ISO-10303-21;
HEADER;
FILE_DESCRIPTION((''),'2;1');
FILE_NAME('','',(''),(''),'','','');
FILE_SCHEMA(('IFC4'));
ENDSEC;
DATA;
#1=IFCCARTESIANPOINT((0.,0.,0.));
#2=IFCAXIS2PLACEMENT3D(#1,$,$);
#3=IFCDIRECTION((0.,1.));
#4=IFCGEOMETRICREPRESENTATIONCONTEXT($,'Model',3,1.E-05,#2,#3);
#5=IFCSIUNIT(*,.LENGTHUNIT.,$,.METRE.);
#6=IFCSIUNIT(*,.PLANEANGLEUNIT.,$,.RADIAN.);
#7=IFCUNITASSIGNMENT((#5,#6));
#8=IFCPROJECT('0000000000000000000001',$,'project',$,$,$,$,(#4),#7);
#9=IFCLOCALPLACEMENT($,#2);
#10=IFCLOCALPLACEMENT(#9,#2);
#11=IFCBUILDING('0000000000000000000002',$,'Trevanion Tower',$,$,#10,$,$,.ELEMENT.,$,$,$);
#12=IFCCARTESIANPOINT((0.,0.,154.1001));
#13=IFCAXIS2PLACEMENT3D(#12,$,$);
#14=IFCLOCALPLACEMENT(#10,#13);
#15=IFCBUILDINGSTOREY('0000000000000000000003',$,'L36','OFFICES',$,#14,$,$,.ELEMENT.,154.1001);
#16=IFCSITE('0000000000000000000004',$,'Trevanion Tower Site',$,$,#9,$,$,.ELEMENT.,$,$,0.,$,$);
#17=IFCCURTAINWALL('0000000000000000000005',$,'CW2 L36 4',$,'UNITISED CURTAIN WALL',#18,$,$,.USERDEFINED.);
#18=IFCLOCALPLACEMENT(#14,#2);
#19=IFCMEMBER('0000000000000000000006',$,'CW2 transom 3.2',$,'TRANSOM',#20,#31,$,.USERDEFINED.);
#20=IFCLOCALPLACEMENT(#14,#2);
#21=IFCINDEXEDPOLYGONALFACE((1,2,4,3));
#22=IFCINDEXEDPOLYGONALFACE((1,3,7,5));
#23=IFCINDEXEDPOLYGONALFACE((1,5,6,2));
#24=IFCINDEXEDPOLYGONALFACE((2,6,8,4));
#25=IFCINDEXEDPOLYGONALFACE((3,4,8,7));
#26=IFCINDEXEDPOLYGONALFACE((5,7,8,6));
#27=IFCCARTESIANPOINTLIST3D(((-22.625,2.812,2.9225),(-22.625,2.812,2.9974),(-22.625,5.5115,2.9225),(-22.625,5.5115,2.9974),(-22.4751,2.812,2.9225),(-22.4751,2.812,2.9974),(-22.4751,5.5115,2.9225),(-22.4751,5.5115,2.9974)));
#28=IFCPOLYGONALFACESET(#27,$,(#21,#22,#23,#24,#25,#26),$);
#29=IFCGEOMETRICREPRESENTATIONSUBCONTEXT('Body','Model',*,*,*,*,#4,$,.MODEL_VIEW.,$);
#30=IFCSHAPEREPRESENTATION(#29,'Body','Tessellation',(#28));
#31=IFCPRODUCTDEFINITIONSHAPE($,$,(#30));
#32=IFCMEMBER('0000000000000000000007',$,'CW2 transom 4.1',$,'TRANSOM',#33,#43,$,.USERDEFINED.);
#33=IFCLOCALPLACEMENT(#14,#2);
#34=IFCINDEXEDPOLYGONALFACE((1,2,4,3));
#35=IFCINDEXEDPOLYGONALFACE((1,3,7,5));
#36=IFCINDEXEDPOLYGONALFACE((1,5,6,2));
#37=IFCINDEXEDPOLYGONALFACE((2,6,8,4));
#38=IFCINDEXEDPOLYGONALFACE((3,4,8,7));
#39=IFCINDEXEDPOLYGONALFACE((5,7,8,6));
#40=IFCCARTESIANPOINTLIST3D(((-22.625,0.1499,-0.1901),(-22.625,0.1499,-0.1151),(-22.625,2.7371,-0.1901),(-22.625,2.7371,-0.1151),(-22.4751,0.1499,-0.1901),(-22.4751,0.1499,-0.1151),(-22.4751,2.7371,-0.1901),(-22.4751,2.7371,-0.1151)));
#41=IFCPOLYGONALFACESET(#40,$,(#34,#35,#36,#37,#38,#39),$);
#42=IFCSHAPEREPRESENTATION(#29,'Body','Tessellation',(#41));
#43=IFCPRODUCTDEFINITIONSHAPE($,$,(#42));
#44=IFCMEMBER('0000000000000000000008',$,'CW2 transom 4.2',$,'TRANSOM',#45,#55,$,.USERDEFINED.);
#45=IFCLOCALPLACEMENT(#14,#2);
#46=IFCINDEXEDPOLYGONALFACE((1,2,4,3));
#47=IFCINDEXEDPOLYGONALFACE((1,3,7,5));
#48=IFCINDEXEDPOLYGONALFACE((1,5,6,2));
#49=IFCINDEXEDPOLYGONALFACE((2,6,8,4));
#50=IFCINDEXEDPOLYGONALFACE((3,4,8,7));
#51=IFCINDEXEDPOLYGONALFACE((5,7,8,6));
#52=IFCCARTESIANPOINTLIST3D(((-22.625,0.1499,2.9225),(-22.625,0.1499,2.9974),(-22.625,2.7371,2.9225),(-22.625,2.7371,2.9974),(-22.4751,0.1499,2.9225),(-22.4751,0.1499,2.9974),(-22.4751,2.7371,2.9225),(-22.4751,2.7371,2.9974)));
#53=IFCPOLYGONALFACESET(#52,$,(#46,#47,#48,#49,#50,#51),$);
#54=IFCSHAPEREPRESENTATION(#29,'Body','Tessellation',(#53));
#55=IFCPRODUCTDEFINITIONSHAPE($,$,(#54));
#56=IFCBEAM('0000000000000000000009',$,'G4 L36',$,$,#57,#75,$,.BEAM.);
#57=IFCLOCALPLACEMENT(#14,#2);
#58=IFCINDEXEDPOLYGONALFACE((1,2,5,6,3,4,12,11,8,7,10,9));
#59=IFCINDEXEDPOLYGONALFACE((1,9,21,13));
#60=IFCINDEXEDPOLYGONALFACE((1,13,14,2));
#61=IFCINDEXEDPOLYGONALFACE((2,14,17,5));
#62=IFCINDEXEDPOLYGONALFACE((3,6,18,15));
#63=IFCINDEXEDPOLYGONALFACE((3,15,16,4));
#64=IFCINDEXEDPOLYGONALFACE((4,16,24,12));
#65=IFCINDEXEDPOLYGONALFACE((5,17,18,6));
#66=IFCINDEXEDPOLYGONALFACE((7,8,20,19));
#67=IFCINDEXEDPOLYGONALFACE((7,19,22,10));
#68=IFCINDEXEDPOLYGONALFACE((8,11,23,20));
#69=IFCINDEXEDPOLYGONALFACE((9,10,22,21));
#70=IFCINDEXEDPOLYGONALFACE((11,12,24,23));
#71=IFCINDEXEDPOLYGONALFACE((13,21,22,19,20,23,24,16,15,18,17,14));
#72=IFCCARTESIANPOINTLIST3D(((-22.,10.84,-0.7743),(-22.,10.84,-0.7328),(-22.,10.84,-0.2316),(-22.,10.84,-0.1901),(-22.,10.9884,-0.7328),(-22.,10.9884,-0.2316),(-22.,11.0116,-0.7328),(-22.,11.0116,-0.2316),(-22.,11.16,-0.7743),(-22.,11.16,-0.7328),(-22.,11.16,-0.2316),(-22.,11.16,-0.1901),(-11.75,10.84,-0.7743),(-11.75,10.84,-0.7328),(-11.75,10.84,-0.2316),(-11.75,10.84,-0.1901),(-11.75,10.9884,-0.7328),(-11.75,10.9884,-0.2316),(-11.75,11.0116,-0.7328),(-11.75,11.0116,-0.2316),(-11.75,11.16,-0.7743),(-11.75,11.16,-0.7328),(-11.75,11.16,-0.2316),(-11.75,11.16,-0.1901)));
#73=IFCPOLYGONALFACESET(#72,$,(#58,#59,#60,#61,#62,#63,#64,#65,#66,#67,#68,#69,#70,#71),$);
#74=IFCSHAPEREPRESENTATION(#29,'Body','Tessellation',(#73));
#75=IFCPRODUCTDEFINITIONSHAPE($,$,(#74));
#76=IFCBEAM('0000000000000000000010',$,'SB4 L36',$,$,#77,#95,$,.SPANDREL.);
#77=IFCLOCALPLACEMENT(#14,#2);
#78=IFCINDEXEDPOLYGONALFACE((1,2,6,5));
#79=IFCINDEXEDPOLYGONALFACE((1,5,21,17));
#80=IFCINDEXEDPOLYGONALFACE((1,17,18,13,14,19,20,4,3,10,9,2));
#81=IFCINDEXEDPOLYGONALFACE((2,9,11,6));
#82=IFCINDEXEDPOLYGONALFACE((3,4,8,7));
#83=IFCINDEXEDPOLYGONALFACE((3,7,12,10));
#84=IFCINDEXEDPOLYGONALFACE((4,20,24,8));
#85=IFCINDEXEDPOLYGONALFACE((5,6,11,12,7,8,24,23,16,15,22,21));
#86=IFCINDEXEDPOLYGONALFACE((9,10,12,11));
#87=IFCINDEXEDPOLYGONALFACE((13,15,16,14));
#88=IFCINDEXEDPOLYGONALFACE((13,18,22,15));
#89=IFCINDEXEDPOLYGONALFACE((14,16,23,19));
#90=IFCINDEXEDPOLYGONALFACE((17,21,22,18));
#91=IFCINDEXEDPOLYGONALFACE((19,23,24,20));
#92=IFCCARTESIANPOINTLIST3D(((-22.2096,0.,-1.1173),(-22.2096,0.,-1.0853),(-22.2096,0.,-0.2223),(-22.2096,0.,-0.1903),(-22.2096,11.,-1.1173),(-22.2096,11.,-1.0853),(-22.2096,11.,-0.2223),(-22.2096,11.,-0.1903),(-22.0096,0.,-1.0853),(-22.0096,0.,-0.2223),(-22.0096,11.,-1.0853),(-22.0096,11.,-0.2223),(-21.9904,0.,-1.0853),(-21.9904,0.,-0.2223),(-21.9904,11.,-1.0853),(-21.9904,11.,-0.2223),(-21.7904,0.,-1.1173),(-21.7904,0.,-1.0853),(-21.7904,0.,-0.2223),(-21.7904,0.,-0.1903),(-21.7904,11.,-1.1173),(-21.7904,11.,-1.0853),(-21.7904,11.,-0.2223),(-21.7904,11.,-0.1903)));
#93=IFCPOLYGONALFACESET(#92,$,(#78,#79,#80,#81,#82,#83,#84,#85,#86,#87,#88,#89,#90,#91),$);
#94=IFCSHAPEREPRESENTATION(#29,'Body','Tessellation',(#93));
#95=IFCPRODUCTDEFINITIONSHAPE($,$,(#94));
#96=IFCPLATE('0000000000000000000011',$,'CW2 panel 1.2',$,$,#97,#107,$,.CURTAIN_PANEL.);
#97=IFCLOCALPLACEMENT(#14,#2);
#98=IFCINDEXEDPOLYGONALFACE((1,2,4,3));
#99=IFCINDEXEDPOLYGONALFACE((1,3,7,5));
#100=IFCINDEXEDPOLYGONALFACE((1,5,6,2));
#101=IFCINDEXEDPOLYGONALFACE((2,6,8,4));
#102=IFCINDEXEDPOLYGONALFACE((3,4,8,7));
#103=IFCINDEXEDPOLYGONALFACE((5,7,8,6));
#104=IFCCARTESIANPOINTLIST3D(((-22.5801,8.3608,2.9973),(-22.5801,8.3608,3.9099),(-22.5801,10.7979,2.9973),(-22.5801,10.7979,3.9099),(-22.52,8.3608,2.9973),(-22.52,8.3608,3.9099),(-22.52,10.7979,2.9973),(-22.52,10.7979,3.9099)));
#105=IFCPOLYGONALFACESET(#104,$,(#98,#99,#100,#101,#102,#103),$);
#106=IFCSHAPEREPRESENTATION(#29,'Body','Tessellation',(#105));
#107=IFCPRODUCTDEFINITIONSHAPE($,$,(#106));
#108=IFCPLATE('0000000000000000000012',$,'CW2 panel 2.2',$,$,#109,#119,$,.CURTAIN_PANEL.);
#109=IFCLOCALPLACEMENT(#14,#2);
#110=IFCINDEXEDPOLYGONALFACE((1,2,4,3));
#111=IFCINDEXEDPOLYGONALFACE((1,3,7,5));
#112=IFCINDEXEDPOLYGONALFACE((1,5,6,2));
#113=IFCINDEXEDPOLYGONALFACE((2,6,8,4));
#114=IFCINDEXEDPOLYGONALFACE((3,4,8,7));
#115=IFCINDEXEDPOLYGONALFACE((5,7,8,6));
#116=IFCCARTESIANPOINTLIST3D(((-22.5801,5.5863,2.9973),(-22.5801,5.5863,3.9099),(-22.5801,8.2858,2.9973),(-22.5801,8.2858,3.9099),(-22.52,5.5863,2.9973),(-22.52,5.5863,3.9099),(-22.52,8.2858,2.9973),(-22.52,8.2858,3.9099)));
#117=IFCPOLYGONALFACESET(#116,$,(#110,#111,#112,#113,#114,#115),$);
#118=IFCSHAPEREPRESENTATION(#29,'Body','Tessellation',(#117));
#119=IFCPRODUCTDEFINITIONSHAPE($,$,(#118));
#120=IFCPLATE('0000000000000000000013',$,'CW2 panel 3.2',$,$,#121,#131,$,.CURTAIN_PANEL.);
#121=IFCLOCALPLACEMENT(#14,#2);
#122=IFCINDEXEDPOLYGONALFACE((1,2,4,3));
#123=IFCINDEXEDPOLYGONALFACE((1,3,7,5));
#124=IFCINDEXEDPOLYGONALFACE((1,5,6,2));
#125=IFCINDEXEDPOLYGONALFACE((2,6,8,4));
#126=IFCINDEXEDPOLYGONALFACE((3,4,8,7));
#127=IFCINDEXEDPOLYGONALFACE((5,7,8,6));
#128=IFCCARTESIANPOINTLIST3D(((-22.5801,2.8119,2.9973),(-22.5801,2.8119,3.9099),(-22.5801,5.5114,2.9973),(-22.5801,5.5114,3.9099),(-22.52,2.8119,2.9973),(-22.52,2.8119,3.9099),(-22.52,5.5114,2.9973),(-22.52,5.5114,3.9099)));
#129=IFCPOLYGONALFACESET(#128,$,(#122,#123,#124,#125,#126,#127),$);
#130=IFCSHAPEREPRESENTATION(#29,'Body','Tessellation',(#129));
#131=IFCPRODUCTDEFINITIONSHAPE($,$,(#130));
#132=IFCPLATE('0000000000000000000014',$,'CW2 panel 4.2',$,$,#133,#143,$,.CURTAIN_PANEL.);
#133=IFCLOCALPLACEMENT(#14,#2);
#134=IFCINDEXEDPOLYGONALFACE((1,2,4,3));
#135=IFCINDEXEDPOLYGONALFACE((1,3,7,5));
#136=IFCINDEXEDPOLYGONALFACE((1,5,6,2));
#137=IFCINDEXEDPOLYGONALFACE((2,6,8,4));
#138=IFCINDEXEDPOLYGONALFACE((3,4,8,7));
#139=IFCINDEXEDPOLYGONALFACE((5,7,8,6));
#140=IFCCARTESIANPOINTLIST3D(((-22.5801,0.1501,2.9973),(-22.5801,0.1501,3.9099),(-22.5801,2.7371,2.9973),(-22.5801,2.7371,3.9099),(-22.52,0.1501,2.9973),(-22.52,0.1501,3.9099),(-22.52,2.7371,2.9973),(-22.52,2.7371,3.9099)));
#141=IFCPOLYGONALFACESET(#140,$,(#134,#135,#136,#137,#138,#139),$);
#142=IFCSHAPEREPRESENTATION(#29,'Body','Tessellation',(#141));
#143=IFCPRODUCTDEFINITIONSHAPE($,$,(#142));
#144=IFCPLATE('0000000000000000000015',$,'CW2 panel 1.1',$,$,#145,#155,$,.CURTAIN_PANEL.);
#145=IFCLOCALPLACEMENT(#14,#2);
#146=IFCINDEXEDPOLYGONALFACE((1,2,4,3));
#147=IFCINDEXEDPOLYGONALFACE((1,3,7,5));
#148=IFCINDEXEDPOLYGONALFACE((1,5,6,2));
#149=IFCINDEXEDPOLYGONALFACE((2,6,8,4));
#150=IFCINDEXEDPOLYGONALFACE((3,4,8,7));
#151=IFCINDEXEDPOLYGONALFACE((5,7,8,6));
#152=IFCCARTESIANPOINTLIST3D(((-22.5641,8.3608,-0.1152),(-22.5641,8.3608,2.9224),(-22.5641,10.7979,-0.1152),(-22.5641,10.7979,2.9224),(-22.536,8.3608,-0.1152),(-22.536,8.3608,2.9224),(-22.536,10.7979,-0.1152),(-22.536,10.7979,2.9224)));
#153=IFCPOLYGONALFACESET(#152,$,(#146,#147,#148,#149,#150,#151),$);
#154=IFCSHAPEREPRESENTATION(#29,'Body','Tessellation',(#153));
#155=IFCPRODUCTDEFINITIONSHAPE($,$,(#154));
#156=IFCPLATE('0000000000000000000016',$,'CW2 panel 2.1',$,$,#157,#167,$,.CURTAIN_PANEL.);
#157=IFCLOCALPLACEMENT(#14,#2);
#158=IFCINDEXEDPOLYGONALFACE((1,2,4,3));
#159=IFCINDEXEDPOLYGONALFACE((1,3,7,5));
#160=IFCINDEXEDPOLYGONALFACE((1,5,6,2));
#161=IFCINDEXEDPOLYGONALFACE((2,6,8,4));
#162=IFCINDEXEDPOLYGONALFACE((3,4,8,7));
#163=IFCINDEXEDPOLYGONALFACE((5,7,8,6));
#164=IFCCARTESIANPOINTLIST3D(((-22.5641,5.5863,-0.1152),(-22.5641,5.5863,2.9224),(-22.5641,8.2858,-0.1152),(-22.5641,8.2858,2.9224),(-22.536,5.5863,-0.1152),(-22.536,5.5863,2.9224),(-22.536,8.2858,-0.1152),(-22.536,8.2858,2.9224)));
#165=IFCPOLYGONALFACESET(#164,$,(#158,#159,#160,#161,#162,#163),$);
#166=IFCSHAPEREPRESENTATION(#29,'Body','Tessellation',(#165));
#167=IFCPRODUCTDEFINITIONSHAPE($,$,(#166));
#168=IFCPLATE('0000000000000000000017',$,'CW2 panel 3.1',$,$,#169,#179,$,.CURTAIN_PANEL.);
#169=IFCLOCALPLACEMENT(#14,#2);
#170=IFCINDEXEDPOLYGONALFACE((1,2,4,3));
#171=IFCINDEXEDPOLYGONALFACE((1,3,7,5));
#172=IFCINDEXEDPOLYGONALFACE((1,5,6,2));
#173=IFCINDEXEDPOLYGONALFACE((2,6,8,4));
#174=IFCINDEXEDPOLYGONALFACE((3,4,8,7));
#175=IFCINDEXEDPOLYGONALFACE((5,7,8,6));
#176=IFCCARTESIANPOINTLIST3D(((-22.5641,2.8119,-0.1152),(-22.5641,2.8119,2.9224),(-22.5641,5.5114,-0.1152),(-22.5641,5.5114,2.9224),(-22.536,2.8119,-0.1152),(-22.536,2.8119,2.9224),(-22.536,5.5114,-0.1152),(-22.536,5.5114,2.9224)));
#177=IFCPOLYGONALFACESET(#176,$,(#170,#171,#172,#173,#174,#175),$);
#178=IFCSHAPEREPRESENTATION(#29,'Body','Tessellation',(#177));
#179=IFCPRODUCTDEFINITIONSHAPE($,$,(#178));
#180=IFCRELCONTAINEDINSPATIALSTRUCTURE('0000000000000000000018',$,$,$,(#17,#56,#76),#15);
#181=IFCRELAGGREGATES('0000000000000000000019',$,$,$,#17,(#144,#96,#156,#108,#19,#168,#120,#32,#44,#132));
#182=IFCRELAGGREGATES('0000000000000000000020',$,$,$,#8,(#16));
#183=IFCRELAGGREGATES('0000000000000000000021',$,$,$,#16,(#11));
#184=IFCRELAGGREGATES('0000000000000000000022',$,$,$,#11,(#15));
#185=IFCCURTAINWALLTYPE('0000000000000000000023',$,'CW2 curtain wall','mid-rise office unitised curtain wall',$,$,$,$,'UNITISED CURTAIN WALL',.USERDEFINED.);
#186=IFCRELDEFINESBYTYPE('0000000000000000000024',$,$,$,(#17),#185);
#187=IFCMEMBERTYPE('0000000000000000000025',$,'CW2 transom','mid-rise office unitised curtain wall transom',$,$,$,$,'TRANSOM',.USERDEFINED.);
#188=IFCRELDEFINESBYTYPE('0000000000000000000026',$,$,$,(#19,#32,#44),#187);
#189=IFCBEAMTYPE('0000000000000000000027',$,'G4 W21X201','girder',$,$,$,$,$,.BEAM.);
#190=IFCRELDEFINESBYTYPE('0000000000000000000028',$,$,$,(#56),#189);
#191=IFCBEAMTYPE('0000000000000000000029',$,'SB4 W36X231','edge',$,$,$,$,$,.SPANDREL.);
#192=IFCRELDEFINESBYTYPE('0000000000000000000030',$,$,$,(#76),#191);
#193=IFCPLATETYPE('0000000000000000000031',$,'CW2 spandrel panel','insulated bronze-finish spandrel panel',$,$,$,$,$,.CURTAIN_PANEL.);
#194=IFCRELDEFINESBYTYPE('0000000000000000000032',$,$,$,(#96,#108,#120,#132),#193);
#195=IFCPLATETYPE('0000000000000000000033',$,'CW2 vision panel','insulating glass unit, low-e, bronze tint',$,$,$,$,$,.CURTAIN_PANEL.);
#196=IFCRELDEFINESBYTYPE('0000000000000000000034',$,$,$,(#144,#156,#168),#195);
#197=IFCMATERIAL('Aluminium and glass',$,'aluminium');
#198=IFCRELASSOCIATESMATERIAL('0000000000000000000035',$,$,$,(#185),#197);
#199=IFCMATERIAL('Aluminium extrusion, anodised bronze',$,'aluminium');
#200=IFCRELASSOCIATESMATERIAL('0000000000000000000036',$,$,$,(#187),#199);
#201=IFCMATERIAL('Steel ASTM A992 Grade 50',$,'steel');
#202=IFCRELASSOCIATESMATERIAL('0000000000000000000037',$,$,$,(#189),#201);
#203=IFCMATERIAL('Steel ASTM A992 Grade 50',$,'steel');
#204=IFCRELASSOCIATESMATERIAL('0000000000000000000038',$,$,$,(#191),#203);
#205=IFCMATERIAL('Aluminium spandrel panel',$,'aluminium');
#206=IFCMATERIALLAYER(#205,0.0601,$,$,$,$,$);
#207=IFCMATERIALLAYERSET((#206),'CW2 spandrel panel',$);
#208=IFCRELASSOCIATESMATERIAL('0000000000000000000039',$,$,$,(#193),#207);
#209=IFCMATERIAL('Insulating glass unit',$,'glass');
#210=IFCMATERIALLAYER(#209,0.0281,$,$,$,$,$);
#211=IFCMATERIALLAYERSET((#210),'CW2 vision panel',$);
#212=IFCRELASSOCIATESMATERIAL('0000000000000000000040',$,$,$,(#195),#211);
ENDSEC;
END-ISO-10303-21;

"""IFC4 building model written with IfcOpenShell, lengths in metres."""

from ifc_helpers import new_model, si_unit, direction, frame, origin, origin_2d, place, context, subcontext, project, spatial, rectangle, i_section, extrude, material, layer, layer_set, material_profile, profile_set, type_object, element, aggregate, save


model = new_model("IFC4")

# Units and contexts
model_context = context("Model", 3, precision=1e-05, world=origin(), true_north=direction((0.0, 1.0)))
body_context = subcontext(model_context, "Body", "Model", "MODEL_VIEW")
ifc_project = project(units=[si_unit("LENGTHUNIT", "METRE"), si_unit("PLANEANGLEUNIT", "RADIAN")], contexts=[model_context])

# Site, building, storey
site_placement = place(None, origin())
site = spatial("IfcSite", under=ifc_project, at=site_placement, Name="Trevanion Tower Site", CompositionType="ELEMENT", RefElevation=0.0)
building_placement = place(site_placement, origin())
building = spatial("IfcBuilding", under=site, at=building_placement, Name="Trevanion Tower", CompositionType="ELEMENT")
storey_placement = place(building_placement, frame((0.0, 0.0, 154.1001)))
storey = spatial("IfcBuildingStorey", under=building, at=storey_placement, Name="L36", Description="OFFICES", CompositionType="ELEMENT", Elevation=154.1001)

# Curtain wall, members
ifc_material_1 = material(Name="Aluminium and glass", Category="aluminium")
curtain_wall_type = type_object("IfcCurtainWallType", Name="CW2 curtain wall", Description="mid-rise office unitised curtain wall", ElementType="UNITISED CURTAIN WALL", PredefinedType="USERDEFINED", material=ifc_material_1)
curtain_wall_placement = place(storey_placement, origin())
curtain_wall = element("IfcCurtainWall", 1, at=curtain_wall_placement, inside=storey, type_object=curtain_wall_type, Name="CW2 L36 4", ObjectType="UNITISED CURTAIN WALL", PredefinedType="USERDEFINED")
ifc_material_2 = material(Name="Aluminium extrusion, anodised bronze", Category="aluminium")
ifc_material_profile_1 = material_profile(ifc_material_2, rectangle(XDim=0.1499, YDim=0.075, at=origin_2d()), Name="CW2 transom")
ifc_profile_set_1 = profile_set([ifc_material_profile_1], Name="Aluminium extrusion, anodised bronze")
member_type_1 = type_object("IfcMemberType", Name="CW2 transom", Description="mid-rise office unitised curtain wall transom", ElementType="TRANSOM", PredefinedType="USERDEFINED", material=ifc_profile_set_1)
member_1_placement = place(storey_placement, frame((-22.55, 5.5115, 2.96), z_axis=(0.0, -1.0, 0.0), x_axis=(1.0, 0.0, 0.0)))
member_1 = element("IfcMember", 2, at=member_1_placement, type_object=member_type_1, Name="CW2 transom 3.2", ObjectType="TRANSOM", PredefinedType="USERDEFINED", context=body_context, shape_type="SweptSolid", body=[
    extrude(rectangle(XDim=0.1499, YDim=0.075, at=origin_2d()), origin(), (0.0, 0.0, 1.0), 2.6995),
])
member_2_placement = place(storey_placement, frame((-22.55, 2.7371, -0.1526), z_axis=(0.0, -1.0, 0.0), x_axis=(1.0, 0.0, 0.0)))
member_2 = element("IfcMember", 3, at=member_2_placement, type_object=member_type_1, Name="CW2 transom 4.1", ObjectType="TRANSOM", PredefinedType="USERDEFINED", context=body_context, shape_type="SweptSolid", body=[
    extrude(rectangle(XDim=0.1499, YDim=0.075, at=origin_2d()), origin(), (0.0, 0.0, 1.0), 2.5872),
])
member_3_placement = place(storey_placement, frame((-22.55, 2.7371, 2.96), z_axis=(0.0, -1.0, 0.0), x_axis=(1.0, 0.0, 0.0)))
member_3 = element("IfcMember", 4, at=member_3_placement, type_object=member_type_1, Name="CW2 transom 4.2", ObjectType="TRANSOM", PredefinedType="USERDEFINED", context=body_context, shape_type="SweptSolid", body=[
    extrude(rectangle(XDim=0.1499, YDim=0.075, at=origin_2d()), origin(), (0.0, 0.0, 1.0), 2.5872),
])

# Beams
ifc_material_3 = material(Name="Steel ASTM A992 Grade 50", Category="steel")
ifc_material_profile_2 = material_profile(ifc_material_3, i_section(OverallWidth=0.3201, OverallDepth=0.5842, WebThickness=0.0232, FlangeThickness=0.0415, at=origin_2d()), Name="W21X201")
ifc_profile_set_2 = profile_set([ifc_material_profile_2], Name="Steel ASTM A992 Grade 50")
beam_type_1 = type_object("IfcBeamType", Name="G4 W21X201", Description="girder", PredefinedType="BEAM", material=ifc_profile_set_2)
beam_1_placement = place(storey_placement, frame((-11.75, 11.0, -0.4822), z_axis=(-1.0, 0.0, 0.0), x_axis=(0.0, -1.0, 0.0)))
element("IfcBeam", 5, at=beam_1_placement, inside=storey, type_object=beam_type_1, Name="G4 L36", PredefinedType="BEAM", context=body_context, shape_type="SweptSolid", body=[
    extrude(i_section(OverallWidth=0.3201, OverallDepth=0.5842, WebThickness=0.0232, FlangeThickness=0.0415, at=origin_2d()), origin(), (0.0, 0.0, 1.0), 10.25),
])
ifc_material_4 = material(Name="Steel ASTM A992 Grade 50", Category="steel")
ifc_material_profile_3 = material_profile(ifc_material_4, i_section(OverallWidth=0.4192, OverallDepth=0.927, WebThickness=0.0193, FlangeThickness=0.032, at=origin_2d()), Name="W36X231")
ifc_profile_set_3 = profile_set([ifc_material_profile_3], Name="Steel ASTM A992 Grade 50")
beam_type_2 = type_object("IfcBeamType", Name="SB4 W36X231", Description="edge", PredefinedType="SPANDREL", material=ifc_profile_set_3)
beam_2_placement = place(storey_placement, frame((-22.0, 11.0, -0.6538), z_axis=(0.0, -1.0, 0.0), x_axis=(1.0, 0.0, 0.0)))
element("IfcBeam", 6, at=beam_2_placement, inside=storey, type_object=beam_type_2, Name="SB4 L36", PredefinedType="SPANDREL", context=body_context, shape_type="SweptSolid", body=[
    extrude(i_section(OverallWidth=0.4192, OverallDepth=0.927, WebThickness=0.0193, FlangeThickness=0.032, at=origin_2d()), origin(), (0.0, 0.0, 1.0), 11.0),
])

# Plates
ifc_material_5 = material(Name="Aluminium spandrel panel", Category="aluminium")
ifc_layer_1 = layer(ifc_material_5, 0.0601)
ifc_layer_set_1 = layer_set([ifc_layer_1], Name="CW2 spandrel panel")
plate_type_1 = type_object("IfcPlateType", Name="CW2 spandrel panel", Description="insulated bronze-finish spandrel panel", PredefinedType="CURTAIN_PANEL", material=ifc_layer_set_1)
plate_1_placement = place(storey_placement, frame((-22.55, 9.5793, 2.9973), z_axis=(0.0, 0.0, 1.0), x_axis=(0.0, -1.0, 0.0)))
plate_1 = element("IfcPlate", 7, at=plate_1_placement, type_object=plate_type_1, Name="CW2 panel 1.2", PredefinedType="CURTAIN_PANEL", context=body_context, shape_type="SweptSolid", body=[
    extrude(rectangle(XDim=2.437, YDim=0.0601, at=origin_2d()), origin(), (0.0, 0.0, 1.0), 0.9126),
])
plate_2_placement = place(storey_placement, frame((-22.55, 6.936, 2.9973), z_axis=(0.0, 0.0, 1.0), x_axis=(0.0, -1.0, 0.0)))
plate_2 = element("IfcPlate", 8, at=plate_2_placement, type_object=plate_type_1, Name="CW2 panel 2.2", PredefinedType="CURTAIN_PANEL", context=body_context, shape_type="SweptSolid", body=[
    extrude(rectangle(XDim=2.6995, YDim=0.0601, at=origin_2d()), origin(), (0.0, 0.0, 1.0), 0.9126),
])
plate_3_placement = place(storey_placement, frame((-22.55, 4.1616, 2.9973), z_axis=(0.0, 0.0, 1.0), x_axis=(0.0, -1.0, 0.0)))
plate_3 = element("IfcPlate", 9, at=plate_3_placement, type_object=plate_type_1, Name="CW2 panel 3.2", PredefinedType="CURTAIN_PANEL", context=body_context, shape_type="SweptSolid", body=[
    extrude(rectangle(XDim=2.6995, YDim=0.0601, at=origin_2d()), origin(), (0.0, 0.0, 1.0), 0.9126),
])
plate_4_placement = place(storey_placement, frame((-22.55, 1.4436, 2.9973), z_axis=(0.0, 0.0, 1.0), x_axis=(0.0, -1.0, 0.0)))
plate_4 = element("IfcPlate", 10, at=plate_4_placement, type_object=plate_type_1, Name="CW2 panel 4.2", PredefinedType="CURTAIN_PANEL", context=body_context, shape_type="SweptSolid", body=[
    extrude(rectangle(XDim=2.5869, YDim=0.0601, at=origin_2d()), origin(), (0.0, 0.0, 1.0), 0.9126),
])
ifc_material_6 = material(Name="Insulating glass unit", Category="glass")
ifc_layer_2 = layer(ifc_material_6, 0.0281)
ifc_layer_set_2 = layer_set([ifc_layer_2], Name="CW2 vision panel")
plate_type_2 = type_object("IfcPlateType", Name="CW2 vision panel", Description="insulating glass unit, low-e, bronze tint", PredefinedType="CURTAIN_PANEL", material=ifc_layer_set_2)
plate_5_placement = place(storey_placement, frame((-22.55, 9.5793, -0.1152), z_axis=(0.0, 0.0, 1.0), x_axis=(0.0, -1.0, 0.0)))
plate_5 = element("IfcPlate", 11, at=plate_5_placement, type_object=plate_type_2, Name="CW2 panel 1.1", PredefinedType="CURTAIN_PANEL", context=body_context, shape_type="SweptSolid", body=[
    extrude(rectangle(XDim=2.437, YDim=0.0281, at=origin_2d()), origin(), (0.0, 0.0, 1.0), 3.0376),
])
plate_6_placement = place(storey_placement, frame((-22.55, 6.936, -0.1152), z_axis=(0.0, 0.0, 1.0), x_axis=(0.0, -1.0, 0.0)))
plate_6 = element("IfcPlate", 12, at=plate_6_placement, type_object=plate_type_2, Name="CW2 panel 2.1", PredefinedType="CURTAIN_PANEL", context=body_context, shape_type="SweptSolid", body=[
    extrude(rectangle(XDim=2.6995, YDim=0.0281, at=origin_2d()), origin(), (0.0, 0.0, 1.0), 3.0376),
])
plate_7_placement = place(storey_placement, frame((-22.55, 4.1616, -0.1152), z_axis=(0.0, 0.0, 1.0), x_axis=(0.0, -1.0, 0.0)))
plate_7 = element("IfcPlate", 13, at=plate_7_placement, type_object=plate_type_2, Name="CW2 panel 3.1", PredefinedType="CURTAIN_PANEL", context=body_context, shape_type="SweptSolid", body=[
    extrude(rectangle(XDim=2.6995, YDim=0.0281, at=origin_2d()), origin(), (0.0, 0.0, 1.0), 3.0376),
])
aggregate(curtain_wall, [plate_5, plate_1, plate_6, plate_2, member_1, plate_7, plate_3, member_2, member_3, plate_4])

save(model, "model.ifc")
